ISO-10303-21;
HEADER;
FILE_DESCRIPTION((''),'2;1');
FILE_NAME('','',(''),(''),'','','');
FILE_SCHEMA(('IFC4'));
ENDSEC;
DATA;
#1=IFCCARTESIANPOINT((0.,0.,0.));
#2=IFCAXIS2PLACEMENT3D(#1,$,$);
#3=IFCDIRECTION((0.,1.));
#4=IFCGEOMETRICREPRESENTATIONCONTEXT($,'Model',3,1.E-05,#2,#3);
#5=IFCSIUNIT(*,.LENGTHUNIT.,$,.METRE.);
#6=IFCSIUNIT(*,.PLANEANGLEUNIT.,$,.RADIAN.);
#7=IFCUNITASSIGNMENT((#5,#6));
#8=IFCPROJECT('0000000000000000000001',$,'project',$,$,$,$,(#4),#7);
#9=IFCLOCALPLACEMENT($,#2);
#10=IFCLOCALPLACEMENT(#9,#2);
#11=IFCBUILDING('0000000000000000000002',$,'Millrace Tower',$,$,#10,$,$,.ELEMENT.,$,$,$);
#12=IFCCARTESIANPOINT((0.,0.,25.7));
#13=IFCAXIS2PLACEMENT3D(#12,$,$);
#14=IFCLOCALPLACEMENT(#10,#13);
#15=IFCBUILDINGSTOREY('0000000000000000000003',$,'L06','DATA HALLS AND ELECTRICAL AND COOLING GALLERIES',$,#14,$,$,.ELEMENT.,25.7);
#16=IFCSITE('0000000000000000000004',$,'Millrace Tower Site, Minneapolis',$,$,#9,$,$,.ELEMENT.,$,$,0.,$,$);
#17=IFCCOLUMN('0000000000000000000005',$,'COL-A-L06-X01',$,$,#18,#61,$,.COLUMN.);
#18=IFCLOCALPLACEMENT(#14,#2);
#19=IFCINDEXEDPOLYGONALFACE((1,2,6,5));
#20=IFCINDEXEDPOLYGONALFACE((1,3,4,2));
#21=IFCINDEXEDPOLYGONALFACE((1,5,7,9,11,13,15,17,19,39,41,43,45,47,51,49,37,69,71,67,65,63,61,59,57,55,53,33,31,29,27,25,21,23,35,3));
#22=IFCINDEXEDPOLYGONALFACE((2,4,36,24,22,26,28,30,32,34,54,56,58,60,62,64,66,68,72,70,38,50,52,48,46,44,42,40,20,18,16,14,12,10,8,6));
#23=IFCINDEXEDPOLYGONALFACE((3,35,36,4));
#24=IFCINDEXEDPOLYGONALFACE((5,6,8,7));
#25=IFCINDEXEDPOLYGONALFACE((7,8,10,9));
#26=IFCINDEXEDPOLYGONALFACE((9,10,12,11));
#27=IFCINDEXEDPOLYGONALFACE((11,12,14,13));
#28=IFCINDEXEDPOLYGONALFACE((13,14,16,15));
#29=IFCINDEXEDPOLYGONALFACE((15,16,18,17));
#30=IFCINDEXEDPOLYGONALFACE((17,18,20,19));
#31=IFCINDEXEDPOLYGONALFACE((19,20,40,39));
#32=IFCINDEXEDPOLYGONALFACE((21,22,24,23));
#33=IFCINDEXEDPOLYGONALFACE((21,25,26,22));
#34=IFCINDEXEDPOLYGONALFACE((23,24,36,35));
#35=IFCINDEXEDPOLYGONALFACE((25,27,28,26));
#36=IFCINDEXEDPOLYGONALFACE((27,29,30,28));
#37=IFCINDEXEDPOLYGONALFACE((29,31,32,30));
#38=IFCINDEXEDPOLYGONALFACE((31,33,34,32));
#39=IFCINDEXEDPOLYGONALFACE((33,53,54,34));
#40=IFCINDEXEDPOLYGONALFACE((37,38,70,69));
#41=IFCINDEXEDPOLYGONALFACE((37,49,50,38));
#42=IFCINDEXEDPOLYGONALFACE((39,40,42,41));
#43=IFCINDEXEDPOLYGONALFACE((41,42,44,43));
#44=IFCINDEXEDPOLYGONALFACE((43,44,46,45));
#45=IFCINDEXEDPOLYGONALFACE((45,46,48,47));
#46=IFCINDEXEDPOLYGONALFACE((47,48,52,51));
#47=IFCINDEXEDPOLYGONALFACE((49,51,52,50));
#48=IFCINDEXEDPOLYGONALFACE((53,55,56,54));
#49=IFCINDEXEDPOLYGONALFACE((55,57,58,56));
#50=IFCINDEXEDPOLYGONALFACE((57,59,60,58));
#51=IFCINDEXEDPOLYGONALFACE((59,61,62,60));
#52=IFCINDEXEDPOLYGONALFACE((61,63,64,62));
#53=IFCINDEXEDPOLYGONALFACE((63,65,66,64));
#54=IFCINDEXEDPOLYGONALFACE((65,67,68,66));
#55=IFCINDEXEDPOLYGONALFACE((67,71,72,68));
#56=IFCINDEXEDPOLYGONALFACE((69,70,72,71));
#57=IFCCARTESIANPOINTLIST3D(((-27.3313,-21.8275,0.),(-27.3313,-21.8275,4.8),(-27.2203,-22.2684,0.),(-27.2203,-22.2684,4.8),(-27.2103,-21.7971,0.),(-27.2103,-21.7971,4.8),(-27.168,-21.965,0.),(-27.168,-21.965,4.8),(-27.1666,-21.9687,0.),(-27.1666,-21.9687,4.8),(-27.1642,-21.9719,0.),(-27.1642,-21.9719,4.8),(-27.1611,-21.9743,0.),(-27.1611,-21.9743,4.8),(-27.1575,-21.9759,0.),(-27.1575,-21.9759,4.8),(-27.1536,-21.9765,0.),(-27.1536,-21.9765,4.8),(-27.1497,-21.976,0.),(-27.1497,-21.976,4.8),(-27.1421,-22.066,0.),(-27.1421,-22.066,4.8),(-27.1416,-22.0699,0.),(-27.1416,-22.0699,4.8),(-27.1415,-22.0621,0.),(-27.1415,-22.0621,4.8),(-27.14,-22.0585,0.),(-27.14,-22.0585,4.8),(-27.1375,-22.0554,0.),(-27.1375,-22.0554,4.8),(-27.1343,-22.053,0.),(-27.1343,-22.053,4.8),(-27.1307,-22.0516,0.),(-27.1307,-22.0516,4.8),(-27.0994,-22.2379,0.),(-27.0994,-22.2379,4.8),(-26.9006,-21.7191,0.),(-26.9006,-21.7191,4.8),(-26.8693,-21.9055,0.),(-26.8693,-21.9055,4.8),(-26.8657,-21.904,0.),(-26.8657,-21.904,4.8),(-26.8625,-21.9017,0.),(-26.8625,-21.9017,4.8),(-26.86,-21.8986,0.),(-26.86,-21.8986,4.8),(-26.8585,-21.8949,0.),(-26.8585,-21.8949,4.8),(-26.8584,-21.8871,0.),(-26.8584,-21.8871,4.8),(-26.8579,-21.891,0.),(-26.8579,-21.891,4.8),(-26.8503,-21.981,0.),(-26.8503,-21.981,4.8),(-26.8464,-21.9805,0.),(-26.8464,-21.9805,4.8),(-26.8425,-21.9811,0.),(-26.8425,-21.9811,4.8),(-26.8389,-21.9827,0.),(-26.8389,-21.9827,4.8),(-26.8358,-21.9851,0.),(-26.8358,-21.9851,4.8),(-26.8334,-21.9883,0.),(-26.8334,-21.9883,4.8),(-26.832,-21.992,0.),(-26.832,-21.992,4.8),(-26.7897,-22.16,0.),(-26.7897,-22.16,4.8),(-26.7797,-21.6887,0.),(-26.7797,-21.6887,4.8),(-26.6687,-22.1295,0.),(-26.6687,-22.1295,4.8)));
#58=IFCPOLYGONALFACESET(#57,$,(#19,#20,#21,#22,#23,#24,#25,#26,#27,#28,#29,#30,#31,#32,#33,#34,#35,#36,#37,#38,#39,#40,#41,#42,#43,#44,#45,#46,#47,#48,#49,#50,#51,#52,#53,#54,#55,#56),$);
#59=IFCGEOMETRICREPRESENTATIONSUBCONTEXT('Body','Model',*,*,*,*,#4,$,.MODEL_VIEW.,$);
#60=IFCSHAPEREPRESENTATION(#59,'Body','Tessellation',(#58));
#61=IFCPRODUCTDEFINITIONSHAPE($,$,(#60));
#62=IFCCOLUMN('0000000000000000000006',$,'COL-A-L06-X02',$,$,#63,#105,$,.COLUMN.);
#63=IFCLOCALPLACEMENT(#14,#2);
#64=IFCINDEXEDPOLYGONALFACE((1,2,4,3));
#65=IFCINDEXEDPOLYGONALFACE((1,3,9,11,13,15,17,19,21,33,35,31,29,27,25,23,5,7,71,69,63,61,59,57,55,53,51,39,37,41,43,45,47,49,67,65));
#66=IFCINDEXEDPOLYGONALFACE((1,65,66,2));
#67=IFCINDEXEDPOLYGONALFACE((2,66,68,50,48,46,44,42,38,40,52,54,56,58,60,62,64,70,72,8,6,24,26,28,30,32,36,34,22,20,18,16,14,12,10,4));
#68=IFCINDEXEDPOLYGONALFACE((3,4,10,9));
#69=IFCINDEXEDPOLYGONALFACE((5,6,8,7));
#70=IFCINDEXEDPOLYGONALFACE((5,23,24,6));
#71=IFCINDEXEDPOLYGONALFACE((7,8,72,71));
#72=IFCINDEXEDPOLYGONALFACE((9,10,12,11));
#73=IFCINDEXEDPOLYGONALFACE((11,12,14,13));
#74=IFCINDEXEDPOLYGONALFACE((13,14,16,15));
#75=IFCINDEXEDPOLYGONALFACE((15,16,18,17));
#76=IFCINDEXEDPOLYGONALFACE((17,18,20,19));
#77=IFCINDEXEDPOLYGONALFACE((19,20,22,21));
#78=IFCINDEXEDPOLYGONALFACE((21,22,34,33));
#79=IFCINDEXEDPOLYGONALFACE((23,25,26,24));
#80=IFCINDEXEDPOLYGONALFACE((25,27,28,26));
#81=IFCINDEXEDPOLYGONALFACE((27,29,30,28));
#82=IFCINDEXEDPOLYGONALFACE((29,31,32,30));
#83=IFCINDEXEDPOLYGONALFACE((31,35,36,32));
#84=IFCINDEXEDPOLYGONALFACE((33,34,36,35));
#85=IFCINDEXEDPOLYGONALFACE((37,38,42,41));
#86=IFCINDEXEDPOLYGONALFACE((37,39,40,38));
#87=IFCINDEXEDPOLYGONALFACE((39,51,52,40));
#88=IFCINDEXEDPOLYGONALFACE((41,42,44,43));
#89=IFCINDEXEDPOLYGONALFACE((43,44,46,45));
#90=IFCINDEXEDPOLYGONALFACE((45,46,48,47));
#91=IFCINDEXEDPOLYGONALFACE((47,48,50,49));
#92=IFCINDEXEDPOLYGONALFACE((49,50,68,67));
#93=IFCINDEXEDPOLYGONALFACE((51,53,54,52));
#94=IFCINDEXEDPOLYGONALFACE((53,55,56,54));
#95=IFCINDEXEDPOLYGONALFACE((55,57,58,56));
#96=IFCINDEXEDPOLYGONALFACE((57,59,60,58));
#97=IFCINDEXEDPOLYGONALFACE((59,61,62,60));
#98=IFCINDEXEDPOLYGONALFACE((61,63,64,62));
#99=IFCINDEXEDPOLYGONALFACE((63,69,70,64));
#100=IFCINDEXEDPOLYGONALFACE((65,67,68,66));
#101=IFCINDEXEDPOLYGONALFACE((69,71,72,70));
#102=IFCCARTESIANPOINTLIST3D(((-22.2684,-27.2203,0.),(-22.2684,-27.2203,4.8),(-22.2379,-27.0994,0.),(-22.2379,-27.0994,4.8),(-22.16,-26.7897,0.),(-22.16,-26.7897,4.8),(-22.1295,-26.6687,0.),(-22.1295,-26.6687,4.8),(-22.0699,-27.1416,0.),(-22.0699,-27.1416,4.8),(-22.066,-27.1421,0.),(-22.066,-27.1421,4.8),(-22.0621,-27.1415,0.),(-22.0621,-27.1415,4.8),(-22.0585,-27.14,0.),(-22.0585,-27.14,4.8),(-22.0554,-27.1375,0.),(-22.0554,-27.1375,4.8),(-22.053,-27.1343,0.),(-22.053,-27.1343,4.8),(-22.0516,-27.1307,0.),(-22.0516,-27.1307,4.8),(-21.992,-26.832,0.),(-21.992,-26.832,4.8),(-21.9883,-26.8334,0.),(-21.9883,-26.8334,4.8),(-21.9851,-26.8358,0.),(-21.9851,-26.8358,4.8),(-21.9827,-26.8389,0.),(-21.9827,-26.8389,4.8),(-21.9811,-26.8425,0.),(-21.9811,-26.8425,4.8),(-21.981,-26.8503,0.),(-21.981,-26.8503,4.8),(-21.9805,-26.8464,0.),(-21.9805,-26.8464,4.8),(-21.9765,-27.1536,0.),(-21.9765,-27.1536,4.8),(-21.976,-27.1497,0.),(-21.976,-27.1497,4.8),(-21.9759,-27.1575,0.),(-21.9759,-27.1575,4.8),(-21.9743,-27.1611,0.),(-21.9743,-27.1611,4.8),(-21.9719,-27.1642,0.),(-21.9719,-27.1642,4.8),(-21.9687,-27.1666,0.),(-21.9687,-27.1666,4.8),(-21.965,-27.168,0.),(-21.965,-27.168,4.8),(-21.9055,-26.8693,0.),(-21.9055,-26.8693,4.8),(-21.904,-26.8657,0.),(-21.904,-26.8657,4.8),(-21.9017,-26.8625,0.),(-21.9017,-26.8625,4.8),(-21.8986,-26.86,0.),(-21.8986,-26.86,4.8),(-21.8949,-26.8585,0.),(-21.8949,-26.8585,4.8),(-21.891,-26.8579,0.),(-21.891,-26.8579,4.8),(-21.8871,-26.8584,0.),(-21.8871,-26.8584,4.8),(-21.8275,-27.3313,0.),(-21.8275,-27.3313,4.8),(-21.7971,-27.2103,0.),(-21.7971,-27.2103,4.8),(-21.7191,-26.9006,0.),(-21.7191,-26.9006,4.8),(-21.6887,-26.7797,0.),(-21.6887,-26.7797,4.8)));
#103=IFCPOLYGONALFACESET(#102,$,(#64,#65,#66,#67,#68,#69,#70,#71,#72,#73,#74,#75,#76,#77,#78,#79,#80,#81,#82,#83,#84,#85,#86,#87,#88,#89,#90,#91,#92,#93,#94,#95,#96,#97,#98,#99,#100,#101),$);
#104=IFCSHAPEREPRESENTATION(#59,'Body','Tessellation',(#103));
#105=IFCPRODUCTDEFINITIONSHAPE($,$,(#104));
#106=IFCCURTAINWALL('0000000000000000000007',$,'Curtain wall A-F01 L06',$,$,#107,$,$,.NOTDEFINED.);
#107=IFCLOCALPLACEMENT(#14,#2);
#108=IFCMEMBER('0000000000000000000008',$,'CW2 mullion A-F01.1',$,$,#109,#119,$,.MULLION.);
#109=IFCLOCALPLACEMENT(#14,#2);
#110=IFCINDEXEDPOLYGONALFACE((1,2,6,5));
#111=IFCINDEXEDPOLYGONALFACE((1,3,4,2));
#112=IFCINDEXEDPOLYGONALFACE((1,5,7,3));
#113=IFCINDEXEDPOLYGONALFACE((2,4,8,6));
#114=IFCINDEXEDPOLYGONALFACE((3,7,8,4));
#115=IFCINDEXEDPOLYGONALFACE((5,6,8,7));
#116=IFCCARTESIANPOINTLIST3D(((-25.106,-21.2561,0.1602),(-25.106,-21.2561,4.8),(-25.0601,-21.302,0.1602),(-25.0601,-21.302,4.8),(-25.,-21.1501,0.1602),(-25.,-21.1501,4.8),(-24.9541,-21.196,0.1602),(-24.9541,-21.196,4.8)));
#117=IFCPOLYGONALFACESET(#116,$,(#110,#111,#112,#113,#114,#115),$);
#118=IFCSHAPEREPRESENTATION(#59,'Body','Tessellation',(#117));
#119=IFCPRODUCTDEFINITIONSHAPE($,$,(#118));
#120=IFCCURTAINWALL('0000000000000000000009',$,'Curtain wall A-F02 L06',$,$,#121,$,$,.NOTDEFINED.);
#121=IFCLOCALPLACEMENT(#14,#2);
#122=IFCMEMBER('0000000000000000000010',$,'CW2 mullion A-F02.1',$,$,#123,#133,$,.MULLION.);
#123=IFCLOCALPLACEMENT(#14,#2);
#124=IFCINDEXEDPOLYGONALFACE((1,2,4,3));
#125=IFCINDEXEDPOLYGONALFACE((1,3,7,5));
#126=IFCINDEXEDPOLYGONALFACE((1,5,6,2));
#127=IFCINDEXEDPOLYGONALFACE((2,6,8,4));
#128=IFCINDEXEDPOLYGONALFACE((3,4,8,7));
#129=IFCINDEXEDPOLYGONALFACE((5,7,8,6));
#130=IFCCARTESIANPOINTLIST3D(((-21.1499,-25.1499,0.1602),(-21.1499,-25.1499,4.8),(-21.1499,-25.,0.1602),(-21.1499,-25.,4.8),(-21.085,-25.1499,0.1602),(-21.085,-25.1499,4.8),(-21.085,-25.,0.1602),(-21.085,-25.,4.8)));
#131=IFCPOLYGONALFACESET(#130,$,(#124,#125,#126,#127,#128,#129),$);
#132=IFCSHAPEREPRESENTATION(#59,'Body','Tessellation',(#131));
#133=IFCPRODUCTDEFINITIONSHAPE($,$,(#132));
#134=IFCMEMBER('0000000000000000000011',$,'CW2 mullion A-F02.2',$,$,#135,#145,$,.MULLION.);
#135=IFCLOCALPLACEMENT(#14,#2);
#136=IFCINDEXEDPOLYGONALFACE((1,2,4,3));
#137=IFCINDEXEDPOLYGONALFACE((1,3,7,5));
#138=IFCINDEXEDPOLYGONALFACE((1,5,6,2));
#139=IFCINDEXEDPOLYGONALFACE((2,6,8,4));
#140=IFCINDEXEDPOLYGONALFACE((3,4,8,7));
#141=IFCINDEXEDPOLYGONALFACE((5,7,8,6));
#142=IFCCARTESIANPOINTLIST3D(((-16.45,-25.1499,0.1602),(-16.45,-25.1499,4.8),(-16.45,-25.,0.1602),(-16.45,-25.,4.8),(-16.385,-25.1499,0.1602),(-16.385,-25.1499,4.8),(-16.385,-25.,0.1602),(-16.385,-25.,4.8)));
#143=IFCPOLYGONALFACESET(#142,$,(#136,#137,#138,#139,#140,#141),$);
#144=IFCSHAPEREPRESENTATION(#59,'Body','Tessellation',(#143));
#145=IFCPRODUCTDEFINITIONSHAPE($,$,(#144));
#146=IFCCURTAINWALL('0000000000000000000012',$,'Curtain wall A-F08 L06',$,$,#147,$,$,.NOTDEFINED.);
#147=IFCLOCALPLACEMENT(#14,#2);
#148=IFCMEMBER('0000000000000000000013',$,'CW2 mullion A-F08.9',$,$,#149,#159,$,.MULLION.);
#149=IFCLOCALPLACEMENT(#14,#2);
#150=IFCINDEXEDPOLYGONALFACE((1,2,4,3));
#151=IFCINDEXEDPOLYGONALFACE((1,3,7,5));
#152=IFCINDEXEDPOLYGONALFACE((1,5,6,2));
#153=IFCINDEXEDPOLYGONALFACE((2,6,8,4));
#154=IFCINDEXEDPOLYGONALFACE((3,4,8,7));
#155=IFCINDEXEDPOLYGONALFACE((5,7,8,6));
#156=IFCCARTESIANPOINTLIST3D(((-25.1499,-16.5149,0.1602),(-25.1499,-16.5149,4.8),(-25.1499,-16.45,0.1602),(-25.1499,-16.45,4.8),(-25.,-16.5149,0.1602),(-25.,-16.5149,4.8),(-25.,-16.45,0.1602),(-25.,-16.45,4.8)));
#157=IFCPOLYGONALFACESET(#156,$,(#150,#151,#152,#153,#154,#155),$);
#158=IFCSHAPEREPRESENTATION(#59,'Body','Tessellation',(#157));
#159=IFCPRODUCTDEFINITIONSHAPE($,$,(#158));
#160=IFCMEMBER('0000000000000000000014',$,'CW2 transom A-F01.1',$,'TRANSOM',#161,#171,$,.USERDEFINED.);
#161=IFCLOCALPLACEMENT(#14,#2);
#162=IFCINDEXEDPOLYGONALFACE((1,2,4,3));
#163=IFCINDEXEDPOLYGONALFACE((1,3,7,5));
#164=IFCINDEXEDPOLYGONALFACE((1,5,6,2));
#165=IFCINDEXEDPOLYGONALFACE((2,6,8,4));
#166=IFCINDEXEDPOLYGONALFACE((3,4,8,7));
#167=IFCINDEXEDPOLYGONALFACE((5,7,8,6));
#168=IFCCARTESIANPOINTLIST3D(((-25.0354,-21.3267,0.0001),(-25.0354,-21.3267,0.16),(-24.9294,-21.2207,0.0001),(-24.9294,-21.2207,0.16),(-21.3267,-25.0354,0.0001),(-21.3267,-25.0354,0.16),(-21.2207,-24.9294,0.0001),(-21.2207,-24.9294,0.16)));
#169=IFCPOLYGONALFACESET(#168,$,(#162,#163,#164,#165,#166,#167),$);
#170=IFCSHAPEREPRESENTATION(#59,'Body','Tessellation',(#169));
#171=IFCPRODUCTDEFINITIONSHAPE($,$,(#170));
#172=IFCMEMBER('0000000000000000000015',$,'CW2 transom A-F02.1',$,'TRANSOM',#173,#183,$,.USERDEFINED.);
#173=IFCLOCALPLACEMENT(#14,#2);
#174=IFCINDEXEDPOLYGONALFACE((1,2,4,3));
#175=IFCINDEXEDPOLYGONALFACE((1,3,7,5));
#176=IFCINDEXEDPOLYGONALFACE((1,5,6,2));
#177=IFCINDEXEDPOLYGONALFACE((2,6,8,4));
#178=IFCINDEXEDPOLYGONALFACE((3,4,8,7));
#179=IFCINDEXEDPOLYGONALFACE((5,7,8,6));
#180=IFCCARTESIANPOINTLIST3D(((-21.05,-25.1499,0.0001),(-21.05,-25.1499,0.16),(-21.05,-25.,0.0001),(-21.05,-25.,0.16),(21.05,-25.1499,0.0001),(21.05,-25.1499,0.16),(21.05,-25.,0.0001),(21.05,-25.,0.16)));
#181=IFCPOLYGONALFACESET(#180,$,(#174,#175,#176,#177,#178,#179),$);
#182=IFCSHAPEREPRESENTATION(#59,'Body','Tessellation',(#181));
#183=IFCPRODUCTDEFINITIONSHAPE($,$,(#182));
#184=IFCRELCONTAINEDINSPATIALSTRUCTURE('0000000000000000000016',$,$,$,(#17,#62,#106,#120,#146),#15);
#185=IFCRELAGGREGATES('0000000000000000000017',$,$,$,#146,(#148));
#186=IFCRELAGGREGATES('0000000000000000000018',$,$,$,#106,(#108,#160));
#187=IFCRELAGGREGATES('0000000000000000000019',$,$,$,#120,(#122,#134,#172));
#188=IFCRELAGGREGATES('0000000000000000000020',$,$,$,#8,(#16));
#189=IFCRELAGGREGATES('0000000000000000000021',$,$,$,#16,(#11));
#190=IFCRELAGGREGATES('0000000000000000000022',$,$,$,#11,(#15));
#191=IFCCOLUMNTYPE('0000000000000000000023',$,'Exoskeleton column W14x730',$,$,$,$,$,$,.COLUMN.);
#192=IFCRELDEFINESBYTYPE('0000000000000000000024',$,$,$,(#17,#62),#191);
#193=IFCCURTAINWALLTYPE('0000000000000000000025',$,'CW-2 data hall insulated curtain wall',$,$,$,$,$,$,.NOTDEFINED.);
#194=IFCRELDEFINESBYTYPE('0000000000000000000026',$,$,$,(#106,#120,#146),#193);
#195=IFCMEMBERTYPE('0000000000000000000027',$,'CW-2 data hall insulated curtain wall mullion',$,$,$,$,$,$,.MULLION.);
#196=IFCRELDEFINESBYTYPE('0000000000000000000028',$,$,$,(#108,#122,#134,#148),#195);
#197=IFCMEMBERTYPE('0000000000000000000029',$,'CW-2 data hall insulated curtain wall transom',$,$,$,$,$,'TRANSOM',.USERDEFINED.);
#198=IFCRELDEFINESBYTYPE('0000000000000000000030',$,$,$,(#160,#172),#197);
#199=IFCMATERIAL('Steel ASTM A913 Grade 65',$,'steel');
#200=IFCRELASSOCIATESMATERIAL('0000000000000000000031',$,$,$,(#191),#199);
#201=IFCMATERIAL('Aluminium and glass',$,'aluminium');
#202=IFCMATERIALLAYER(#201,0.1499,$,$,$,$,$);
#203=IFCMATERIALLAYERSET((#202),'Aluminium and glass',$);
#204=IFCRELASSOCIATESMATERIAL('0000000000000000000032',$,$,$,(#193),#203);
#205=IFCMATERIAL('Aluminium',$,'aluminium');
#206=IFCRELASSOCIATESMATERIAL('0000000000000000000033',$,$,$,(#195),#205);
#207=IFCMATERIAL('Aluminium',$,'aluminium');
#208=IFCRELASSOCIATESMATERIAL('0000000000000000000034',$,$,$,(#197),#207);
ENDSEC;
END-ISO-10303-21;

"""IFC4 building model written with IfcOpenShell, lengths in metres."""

from ifc_helpers import new_model, si_unit, direction, frame, origin, origin_2d, place, context, subcontext, project, spatial, rectangle, i_section, extrude, material, layer, layer_set, material_profile, profile_set, type_object, element, aggregate, save


model = new_model("IFC4")

# Units and contexts
model_context = context("Model", 3, precision=1e-05, world=origin(), true_north=direction((0.0, 1.0)))
body_context = subcontext(model_context, "Body", "Model", "MODEL_VIEW")
ifc_project = project(units=[si_unit("LENGTHUNIT", "METRE"), si_unit("PLANEANGLEUNIT", "RADIAN")], contexts=[model_context])

# Site, building, storey
site_placement = place(None, origin())
site = spatial("IfcSite", under=ifc_project, at=site_placement, Name="Millrace Tower Site, Minneapolis", CompositionType="ELEMENT", RefElevation=0.0)
building_placement = place(site_placement, origin())
building = spatial("IfcBuilding", under=site, at=building_placement, Name="Millrace Tower", CompositionType="ELEMENT")
storey_placement = place(building_placement, frame((0.0, 0.0, 25.7)))
storey = spatial("IfcBuildingStorey", under=building, at=storey_placement, Name="L06", Description="DATA HALLS AND ELECTRICAL AND COOLING GALLERIES", CompositionType="ELEMENT", Elevation=25.7)

# Columns
ifc_material_1 = material(Name="Steel ASTM A913 Grade 65", Category="steel")
ifc_material_profile_1 = material_profile(ifc_material_1, i_section(OverallWidth=0.4546, OverallDepth=0.5688, WebThickness=0.0779, FlangeThickness=0.1248, FilletRadius=0.0151, at=origin_2d()))
ifc_profile_set_1 = profile_set([ifc_material_profile_1], Name="Steel ASTM A913 Grade 65")
column_type = type_object("IfcColumnType", Name="Exoskeleton column W14x730", PredefinedType="COLUMN", material=ifc_profile_set_1)
for number, where, z_axis, x_axis, name in (
    (1, (-27.0, -21.9785, 0.0), (0.0, 0.0, 1.0), (0.244094, -0.969752, 0.0), "COL-A-L06-X01"),
    (2, (-21.9785, -27.0, 0.0), (0.0, 0.0, 1.0), (0.969752, -0.244094, 0.0), "COL-A-L06-X02"),
):
    element("IfcColumn", number, at=place(storey_placement, frame(where, z_axis=z_axis, x_axis=x_axis)), inside=storey, type_object=column_type, Name=name, PredefinedType="COLUMN", context=body_context, shape_type="SweptSolid", body=[
        extrude(i_section(OverallWidth=0.4546, OverallDepth=0.5688, WebThickness=0.0779, FlangeThickness=0.1248, FilletRadius=0.0151, at=origin_2d()), origin(), (0.0, 0.0, 1.0), 4.8),
    ])

# Curtain wall, member
ifc_material_2 = material(Name="Aluminium and glass", Category="aluminium")
ifc_layer_1 = layer(ifc_material_2, 0.1499)
ifc_layer_set_1 = layer_set([ifc_layer_1], Name="Aluminium and glass")
curtain_wall_type = type_object("IfcCurtainWallType", Name="CW-2 data hall insulated curtain wall", PredefinedType="NOTDEFINED", material=ifc_layer_set_1)
placement = place(storey_placement, origin())
curtain_wall_1 = element("IfcCurtainWall", 3, at=placement, inside=storey, type_object=curtain_wall_type, Name="Curtain wall A-F01 L06", PredefinedType="NOTDEFINED")
ifc_material_3 = material(Name="Aluminium", Category="aluminium")
ifc_material_profile_2 = material_profile(ifc_material_3, rectangle(XDim=0.0649, YDim=0.1499, at=origin_2d()))
ifc_profile_set_2 = profile_set([ifc_material_profile_2], Name="Aluminium")
member_type_1 = type_object("IfcMemberType", Name="CW-2 data hall insulated curtain wall mullion", PredefinedType="MULLION", material=ifc_profile_set_2)
member_1_placement = place(storey_placement, frame((-25.03, -21.2261, 0.1602), z_axis=(0.0, 0.0, 1.0), x_axis=(0.707107, -0.707107, 0.0)))
member_1 = element("IfcMember", 4, at=member_1_placement, type_object=member_type_1, Name="CW2 mullion A-F01.1", PredefinedType="MULLION", context=body_context, shape_type="SweptSolid", body=[
    extrude(rectangle(XDim=0.0649, YDim=0.1499, at=origin_2d()), origin(), (0.0, 0.0, 1.0), 4.6399),
])

# Curtain wall, members
curtain_wall_2 = element("IfcCurtainWall", 5, at=placement, inside=storey, type_object=curtain_wall_type, Name="Curtain wall A-F02 L06", PredefinedType="NOTDEFINED")
member_2_placement = place(storey_placement, frame((-21.1174, -25.075, 0.1602), z_axis=(0.0, 0.0, 1.0), x_axis=(1.0, 0.0, 0.0)))
member_2 = element("IfcMember", 6, at=member_2_placement, type_object=member_type_1, Name="CW2 mullion A-F02.1", PredefinedType="MULLION", context=body_context, shape_type="SweptSolid", body=[
    extrude(rectangle(XDim=0.0649, YDim=0.1499, at=origin_2d()), origin(), (0.0, 0.0, 1.0), 4.6399),
])
member_3_placement = place(storey_placement, frame((-16.4175, -25.075, 0.1602), z_axis=(0.0, 0.0, 1.0), x_axis=(1.0, 0.0, 0.0)))
member_3 = element("IfcMember", 7, at=member_3_placement, type_object=member_type_1, Name="CW2 mullion A-F02.2", PredefinedType="MULLION", context=body_context, shape_type="SweptSolid", body=[
    extrude(rectangle(XDim=0.0649, YDim=0.1499, at=origin_2d()), origin(), (0.0, 0.0, 1.0), 4.6399),
])

# Curtain wall, member
curtain_wall_3 = element("IfcCurtainWall", 8, at=placement, inside=storey, type_object=curtain_wall_type, Name="Curtain wall A-F08 L06", PredefinedType="NOTDEFINED")
member_4_placement = place(storey_placement, frame((-25.075, -16.4824, 0.1602), z_axis=(0.0, 0.0, 1.0), x_axis=(0.0, -1.0, 0.0)))
member_4 = element("IfcMember", 9, at=member_4_placement, type_object=member_type_1, Name="CW2 mullion A-F08.9", PredefinedType="MULLION", context=body_context, shape_type="SweptSolid", body=[
    extrude(rectangle(XDim=0.0649, YDim=0.1499, at=origin_2d()), origin(), (0.0, 0.0, 1.0), 4.6399),
])
aggregate(curtain_wall_3, [member_4])

# Members
ifc_material_4 = material(Name="Aluminium", Category="aluminium")
ifc_material_profile_3 = material_profile(ifc_material_4, rectangle(XDim=0.1499, YDim=0.1599, at=origin_2d()))
ifc_profile_set_3 = profile_set([ifc_material_profile_3], Name="Aluminium")
member_type_2 = type_object("IfcMemberType", Name="CW-2 data hall insulated curtain wall transom", ElementType="TRANSOM", PredefinedType="USERDEFINED", material=ifc_profile_set_3)
member_5_placement = place(storey_placement, frame((-24.9824, -21.2737, 0.0801), z_axis=(0.707107, -0.707107, 0.0), x_axis=(0.707107, 0.707107, 0.0)))
member_5 = element("IfcMember", 10, at=member_5_placement, type_object=member_type_2, Name="CW2 transom A-F01.1", ObjectType="TRANSOM", PredefinedType="USERDEFINED", context=body_context, shape_type="SweptSolid", body=[
    extrude(rectangle(XDim=0.1499, YDim=0.1599, at=origin_2d()), origin(), (0.0, 0.0, 1.0), 5.2449),
])
aggregate(curtain_wall_1, [member_1, member_5])
member_6_placement = place(storey_placement, frame((-21.05, -25.075, 0.0801), z_axis=(1.0, 0.0, 0.0), x_axis=(0.0, 1.0, 0.0)))
member_6 = element("IfcMember", 11, at=member_6_placement, type_object=member_type_2, Name="CW2 transom A-F02.1", ObjectType="TRANSOM", PredefinedType="USERDEFINED", context=body_context, shape_type="SweptSolid", body=[
    extrude(rectangle(XDim=0.1499, YDim=0.1599, at=origin_2d()), origin(), (0.0, 0.0, 1.0), 42.1001),
])
aggregate(curtain_wall_2, [member_2, member_3, member_6])

save(model, "model.ifc")
